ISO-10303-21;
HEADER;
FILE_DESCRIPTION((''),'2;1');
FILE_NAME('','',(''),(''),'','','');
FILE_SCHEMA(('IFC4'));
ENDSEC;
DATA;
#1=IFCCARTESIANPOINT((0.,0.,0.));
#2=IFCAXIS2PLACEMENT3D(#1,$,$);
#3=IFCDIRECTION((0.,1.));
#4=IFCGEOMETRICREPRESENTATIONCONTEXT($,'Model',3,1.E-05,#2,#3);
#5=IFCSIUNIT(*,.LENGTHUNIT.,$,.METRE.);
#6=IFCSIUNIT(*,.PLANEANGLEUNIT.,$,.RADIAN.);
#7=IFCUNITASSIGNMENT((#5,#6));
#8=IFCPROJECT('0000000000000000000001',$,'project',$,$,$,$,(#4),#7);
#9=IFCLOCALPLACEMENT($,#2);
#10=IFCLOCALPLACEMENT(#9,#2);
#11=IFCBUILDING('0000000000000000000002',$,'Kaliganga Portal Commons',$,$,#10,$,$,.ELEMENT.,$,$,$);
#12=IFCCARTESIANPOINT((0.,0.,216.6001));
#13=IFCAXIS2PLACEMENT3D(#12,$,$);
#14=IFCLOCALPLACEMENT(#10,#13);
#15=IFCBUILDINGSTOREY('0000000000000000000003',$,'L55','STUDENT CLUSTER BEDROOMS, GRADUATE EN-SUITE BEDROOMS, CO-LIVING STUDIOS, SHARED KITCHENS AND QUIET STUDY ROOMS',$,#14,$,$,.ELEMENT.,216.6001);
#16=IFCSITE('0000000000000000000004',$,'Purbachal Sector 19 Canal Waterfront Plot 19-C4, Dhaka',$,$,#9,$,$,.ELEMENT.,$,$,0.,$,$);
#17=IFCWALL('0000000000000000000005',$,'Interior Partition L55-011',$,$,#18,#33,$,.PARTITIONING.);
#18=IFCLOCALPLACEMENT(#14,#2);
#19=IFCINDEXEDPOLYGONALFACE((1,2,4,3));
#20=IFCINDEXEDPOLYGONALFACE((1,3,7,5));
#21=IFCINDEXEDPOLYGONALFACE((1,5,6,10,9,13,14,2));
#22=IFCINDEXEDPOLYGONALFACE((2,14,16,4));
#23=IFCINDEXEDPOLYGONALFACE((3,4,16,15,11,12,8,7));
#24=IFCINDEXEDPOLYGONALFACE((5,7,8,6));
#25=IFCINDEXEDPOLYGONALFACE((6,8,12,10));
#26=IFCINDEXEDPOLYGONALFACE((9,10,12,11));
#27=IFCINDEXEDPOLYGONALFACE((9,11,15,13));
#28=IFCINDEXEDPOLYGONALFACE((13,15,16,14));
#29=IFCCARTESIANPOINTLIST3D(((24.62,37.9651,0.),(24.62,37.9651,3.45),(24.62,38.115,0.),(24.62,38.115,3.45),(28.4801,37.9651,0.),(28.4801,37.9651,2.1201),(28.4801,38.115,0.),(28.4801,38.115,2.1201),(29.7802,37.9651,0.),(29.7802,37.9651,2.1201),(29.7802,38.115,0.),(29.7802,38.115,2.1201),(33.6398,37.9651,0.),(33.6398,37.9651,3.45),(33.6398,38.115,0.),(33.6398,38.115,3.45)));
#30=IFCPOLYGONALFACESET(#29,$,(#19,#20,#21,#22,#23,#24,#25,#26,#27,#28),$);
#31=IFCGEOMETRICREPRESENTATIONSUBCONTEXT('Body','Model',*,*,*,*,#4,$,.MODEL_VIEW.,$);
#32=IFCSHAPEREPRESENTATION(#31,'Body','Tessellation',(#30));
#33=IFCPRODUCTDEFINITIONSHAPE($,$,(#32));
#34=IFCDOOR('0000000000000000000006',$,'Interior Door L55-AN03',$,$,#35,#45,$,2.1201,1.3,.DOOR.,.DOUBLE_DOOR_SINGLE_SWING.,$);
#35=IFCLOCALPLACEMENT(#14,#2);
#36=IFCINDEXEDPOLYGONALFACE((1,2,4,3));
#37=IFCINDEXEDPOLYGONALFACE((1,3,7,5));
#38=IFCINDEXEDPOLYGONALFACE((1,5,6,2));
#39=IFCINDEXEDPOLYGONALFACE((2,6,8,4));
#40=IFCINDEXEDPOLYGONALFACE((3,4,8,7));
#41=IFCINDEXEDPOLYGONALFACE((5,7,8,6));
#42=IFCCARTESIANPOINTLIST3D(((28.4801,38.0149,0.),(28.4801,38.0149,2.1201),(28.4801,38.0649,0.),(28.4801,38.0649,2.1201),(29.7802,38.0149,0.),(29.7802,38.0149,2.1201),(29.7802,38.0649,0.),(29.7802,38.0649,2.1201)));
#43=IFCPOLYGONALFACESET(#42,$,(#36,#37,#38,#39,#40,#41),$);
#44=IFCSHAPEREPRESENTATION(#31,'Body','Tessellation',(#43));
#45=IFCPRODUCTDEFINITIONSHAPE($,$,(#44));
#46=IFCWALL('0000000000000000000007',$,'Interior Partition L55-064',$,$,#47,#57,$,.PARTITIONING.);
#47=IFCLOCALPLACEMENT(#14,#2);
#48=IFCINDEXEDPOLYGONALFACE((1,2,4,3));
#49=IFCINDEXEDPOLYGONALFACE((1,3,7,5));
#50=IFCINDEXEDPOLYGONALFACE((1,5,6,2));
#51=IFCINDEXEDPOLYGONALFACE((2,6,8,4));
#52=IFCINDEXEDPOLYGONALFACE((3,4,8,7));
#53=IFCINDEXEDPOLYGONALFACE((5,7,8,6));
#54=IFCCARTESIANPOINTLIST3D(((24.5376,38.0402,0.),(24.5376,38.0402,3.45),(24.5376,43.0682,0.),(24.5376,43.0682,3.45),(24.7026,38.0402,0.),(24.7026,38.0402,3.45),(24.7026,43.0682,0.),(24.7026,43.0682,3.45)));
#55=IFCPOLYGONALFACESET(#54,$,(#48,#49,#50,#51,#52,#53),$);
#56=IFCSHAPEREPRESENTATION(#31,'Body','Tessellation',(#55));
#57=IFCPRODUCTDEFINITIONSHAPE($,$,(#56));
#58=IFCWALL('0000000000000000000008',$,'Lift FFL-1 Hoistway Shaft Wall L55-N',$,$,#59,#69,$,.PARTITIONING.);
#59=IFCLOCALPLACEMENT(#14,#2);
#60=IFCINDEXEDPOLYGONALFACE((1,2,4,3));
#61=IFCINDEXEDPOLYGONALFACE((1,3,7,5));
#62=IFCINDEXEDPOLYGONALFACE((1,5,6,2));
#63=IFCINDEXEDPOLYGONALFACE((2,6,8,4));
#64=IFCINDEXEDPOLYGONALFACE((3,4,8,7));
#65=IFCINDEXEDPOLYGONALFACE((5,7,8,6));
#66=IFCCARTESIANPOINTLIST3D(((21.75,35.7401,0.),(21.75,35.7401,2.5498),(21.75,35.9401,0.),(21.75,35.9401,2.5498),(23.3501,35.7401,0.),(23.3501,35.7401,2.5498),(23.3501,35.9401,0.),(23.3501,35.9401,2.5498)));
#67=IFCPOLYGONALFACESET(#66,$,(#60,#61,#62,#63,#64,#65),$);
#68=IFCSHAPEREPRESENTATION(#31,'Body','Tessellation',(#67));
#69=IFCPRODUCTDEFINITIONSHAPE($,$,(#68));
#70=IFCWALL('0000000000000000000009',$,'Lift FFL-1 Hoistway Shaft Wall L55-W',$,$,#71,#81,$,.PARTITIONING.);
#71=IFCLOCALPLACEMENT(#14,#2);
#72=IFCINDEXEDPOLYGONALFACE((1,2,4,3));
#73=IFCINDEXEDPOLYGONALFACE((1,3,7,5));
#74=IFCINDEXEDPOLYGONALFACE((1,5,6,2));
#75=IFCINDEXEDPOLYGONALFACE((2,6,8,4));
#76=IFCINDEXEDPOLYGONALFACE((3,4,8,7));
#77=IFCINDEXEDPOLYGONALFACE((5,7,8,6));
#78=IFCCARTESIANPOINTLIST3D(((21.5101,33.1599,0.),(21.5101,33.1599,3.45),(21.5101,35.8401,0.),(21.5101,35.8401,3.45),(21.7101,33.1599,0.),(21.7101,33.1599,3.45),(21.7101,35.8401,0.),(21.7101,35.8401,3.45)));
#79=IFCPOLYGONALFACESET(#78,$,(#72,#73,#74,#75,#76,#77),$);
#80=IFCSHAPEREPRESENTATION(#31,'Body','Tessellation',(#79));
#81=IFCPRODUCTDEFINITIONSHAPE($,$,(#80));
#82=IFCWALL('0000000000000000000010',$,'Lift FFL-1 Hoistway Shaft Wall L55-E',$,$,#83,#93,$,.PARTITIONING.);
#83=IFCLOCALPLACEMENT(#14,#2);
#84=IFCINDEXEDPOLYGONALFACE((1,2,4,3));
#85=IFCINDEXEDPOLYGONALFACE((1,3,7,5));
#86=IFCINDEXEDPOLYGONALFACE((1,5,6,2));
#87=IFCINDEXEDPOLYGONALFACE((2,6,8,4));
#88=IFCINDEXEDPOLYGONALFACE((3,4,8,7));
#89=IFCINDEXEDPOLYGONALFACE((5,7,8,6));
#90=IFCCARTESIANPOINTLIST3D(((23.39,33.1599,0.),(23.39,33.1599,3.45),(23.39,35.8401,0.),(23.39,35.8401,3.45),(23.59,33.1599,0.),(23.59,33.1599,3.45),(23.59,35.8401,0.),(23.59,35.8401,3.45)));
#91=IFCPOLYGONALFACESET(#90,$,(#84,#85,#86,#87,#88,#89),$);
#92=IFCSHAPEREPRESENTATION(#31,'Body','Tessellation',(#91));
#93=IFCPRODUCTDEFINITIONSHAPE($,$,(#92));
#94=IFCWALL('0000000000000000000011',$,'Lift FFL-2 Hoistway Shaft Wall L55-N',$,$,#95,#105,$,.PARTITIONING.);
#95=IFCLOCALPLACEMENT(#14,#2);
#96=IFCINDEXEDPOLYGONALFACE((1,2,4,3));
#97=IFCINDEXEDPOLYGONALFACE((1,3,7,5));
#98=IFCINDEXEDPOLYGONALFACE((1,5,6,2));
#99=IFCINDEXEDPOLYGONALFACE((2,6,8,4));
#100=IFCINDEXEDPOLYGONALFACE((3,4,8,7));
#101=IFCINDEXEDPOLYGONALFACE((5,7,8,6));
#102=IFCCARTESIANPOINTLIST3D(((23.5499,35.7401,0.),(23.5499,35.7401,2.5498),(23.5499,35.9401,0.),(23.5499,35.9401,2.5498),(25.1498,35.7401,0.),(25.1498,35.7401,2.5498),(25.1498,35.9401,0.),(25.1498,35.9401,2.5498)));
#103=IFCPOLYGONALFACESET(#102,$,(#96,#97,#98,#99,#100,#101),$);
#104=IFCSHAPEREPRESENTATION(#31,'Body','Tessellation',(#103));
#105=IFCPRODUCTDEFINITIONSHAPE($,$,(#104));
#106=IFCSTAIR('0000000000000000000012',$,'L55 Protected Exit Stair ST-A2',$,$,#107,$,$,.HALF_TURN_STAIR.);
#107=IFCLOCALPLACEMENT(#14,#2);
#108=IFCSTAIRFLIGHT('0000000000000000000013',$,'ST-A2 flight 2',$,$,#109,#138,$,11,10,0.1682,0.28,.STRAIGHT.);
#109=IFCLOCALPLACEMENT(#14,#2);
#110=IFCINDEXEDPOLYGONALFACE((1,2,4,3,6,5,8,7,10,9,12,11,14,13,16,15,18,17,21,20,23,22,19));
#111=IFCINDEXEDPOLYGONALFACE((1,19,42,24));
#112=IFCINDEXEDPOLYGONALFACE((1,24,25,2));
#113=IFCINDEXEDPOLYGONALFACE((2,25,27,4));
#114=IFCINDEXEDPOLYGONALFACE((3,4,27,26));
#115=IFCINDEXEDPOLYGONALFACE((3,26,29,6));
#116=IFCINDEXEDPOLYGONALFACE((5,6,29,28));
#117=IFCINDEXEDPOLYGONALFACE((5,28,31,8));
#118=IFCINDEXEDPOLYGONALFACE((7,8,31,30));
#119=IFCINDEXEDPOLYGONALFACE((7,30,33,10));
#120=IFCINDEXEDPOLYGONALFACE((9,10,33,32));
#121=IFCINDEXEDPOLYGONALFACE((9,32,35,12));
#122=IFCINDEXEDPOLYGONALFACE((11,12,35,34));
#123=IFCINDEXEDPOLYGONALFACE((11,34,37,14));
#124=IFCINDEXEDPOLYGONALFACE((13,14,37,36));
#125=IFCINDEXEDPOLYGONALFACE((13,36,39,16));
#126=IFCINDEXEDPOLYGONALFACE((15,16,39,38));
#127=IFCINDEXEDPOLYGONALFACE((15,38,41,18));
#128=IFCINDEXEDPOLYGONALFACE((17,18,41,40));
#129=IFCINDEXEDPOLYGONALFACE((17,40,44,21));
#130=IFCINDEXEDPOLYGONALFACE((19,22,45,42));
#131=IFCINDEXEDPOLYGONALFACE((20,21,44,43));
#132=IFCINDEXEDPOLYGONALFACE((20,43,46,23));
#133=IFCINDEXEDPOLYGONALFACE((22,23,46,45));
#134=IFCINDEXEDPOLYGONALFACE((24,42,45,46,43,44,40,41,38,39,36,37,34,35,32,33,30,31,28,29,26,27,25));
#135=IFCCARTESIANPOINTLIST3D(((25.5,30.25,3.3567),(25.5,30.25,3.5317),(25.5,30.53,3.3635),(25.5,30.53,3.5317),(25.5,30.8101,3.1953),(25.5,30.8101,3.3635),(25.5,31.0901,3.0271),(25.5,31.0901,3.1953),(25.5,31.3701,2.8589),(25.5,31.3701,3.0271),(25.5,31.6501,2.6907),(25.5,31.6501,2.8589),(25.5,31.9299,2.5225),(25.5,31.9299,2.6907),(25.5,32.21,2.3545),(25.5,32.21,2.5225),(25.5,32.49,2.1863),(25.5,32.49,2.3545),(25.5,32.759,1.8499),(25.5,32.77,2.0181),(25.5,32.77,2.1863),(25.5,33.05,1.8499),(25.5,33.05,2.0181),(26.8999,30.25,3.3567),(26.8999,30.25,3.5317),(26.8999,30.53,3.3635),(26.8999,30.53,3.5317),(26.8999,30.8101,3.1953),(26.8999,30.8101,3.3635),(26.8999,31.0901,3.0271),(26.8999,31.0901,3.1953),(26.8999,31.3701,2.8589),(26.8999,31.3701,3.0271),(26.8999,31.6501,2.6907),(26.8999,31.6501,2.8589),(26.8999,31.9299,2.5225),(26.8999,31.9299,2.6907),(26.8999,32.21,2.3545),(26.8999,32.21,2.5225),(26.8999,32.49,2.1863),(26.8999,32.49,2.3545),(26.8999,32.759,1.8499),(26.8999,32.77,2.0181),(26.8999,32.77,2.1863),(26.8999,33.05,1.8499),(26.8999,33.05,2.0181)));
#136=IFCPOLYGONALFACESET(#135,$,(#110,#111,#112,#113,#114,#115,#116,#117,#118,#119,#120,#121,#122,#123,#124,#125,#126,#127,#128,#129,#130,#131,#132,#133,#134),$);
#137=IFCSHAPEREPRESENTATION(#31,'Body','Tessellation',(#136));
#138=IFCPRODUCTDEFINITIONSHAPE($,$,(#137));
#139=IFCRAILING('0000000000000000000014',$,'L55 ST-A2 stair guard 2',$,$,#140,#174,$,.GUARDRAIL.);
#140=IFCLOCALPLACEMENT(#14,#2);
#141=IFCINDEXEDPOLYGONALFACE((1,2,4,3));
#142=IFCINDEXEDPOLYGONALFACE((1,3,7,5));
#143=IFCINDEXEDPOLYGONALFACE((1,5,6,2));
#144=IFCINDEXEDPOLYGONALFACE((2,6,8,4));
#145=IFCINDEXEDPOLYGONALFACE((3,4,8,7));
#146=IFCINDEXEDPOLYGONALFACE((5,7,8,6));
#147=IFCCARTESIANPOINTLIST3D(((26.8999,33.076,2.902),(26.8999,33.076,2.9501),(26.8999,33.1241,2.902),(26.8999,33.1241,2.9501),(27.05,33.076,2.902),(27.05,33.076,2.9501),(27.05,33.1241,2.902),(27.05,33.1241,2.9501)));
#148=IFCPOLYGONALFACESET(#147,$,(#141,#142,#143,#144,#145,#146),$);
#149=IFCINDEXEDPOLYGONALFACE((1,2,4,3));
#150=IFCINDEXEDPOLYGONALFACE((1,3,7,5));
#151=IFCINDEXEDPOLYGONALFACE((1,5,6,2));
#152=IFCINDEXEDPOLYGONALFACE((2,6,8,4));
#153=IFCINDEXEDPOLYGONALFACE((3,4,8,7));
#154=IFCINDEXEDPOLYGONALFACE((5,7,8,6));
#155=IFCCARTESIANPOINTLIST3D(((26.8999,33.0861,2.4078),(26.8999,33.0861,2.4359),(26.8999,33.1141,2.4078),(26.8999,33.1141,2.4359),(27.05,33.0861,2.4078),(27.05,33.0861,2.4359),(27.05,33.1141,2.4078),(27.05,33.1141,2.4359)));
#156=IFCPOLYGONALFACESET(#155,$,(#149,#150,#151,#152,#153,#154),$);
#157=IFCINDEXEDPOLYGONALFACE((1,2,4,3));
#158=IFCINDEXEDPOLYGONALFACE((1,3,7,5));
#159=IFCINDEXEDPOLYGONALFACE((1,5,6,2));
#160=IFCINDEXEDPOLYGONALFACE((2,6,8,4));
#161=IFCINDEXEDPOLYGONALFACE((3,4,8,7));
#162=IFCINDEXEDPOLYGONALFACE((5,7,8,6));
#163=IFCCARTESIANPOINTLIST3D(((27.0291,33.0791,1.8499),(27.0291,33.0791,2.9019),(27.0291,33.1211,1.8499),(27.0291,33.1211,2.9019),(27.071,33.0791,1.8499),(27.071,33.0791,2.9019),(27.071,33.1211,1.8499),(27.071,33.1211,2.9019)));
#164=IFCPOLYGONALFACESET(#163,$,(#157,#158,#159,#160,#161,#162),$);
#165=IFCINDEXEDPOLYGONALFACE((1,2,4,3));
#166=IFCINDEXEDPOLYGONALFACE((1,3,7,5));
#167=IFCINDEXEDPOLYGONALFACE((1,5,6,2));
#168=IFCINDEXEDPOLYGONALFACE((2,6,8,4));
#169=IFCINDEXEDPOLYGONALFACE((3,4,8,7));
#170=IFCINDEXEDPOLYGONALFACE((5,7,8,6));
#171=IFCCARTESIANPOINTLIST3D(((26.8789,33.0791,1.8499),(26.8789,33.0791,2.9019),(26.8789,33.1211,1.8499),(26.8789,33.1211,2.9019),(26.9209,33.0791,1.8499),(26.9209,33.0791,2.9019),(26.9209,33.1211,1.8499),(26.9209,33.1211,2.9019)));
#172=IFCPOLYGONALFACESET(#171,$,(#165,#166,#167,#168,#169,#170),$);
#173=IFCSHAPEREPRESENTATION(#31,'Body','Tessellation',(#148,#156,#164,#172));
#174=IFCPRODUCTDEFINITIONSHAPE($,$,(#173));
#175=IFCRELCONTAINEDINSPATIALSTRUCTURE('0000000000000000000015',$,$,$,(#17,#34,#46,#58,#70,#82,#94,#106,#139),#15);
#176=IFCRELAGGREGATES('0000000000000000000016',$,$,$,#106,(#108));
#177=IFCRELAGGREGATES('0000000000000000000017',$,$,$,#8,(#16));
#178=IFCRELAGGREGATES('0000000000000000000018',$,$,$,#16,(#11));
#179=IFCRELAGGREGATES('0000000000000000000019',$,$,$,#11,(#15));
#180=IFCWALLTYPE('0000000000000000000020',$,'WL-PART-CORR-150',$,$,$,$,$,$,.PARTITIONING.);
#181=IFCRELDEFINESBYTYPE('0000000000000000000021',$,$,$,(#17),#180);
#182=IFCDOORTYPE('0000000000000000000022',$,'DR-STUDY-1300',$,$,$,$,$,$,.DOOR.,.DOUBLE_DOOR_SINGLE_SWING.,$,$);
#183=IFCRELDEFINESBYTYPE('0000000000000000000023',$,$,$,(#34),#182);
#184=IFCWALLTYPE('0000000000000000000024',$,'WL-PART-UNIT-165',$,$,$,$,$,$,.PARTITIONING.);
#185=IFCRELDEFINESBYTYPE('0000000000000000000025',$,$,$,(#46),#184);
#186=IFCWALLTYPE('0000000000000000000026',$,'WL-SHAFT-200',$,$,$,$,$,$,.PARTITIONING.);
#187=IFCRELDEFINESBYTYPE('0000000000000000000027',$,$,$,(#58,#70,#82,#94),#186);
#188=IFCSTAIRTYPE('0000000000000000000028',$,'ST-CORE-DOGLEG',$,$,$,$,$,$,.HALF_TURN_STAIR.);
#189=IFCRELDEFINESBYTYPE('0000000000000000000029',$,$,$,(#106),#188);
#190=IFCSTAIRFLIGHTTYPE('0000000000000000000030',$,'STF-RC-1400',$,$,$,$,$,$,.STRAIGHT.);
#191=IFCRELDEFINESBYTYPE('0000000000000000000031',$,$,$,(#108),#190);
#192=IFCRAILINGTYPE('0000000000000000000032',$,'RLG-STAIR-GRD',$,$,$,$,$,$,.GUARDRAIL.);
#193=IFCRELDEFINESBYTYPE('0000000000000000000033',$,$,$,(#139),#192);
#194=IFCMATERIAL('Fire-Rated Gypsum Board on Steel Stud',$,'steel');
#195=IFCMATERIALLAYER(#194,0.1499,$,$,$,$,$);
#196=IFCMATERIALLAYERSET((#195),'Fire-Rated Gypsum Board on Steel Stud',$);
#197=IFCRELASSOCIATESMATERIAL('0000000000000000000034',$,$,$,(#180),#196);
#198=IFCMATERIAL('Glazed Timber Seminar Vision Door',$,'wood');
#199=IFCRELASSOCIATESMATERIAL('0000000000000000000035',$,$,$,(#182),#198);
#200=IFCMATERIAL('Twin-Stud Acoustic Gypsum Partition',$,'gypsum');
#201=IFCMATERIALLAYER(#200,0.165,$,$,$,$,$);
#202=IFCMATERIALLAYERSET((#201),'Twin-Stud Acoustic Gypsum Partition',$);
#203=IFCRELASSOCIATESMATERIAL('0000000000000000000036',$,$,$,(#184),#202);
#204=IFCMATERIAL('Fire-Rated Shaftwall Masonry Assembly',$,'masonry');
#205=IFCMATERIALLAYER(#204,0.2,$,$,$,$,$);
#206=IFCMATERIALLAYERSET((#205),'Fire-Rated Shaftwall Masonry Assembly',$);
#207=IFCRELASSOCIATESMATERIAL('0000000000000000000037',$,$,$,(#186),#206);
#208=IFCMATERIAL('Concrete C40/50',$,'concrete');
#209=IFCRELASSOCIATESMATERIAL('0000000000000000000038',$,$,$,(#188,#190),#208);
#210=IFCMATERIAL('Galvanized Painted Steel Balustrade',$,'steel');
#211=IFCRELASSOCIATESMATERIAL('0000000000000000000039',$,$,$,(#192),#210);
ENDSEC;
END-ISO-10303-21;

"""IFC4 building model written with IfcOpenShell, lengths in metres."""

from ifc_helpers import new_model, si_unit, direction, frame, frame_2d, origin, origin_2d, place, context, subcontext, project, spatial, polyline, rectangle, outline, extrude, material, layer, layer_set, type_object, element, fill, aggregate, save


model = new_model("IFC4")

# Units and contexts
model_context = context("Model", 3, precision=1e-05, world=origin(), true_north=direction((0.0, 1.0)))
body_context = subcontext(model_context, "Body", "Model", "MODEL_VIEW")
ifc_project = project(units=[si_unit("LENGTHUNIT", "METRE"), si_unit("PLANEANGLEUNIT", "RADIAN")], contexts=[model_context])

# Site, building, storey
site_placement = place(None, origin())
site = spatial("IfcSite", under=ifc_project, at=site_placement, Name="Purbachal Sector 19 Canal Waterfront Plot 19-C4, Dhaka", CompositionType="ELEMENT", RefElevation=0.0)
building_placement = place(site_placement, origin())
building = spatial("IfcBuilding", under=site, at=building_placement, Name="Kaliganga Portal Commons", CompositionType="ELEMENT")
storey_placement = place(building_placement, frame((0.0, 0.0, 216.6001)))
storey = spatial("IfcBuildingStorey", under=building, at=storey_placement, Name="L55", Description="STUDENT CLUSTER BEDROOMS, GRADUATE EN-SUITE BEDROOMS, CO-LIVING STUDIOS, SHARED KITCHENS AND QUIET STUDY ROOMS", CompositionType="ELEMENT", Elevation=216.6001)

# Wall, opening, door
ifc_material_1 = material(Name="Fire-Rated Gypsum Board on Steel Stud", Category="steel")
ifc_layer_1 = layer(ifc_material_1, 0.1499)
ifc_layer_set_1 = layer_set([ifc_layer_1], Name="Fire-Rated Gypsum Board on Steel Stud")
wall_type_1 = type_object("IfcWallType", Name="WL-PART-CORR-150", PredefinedType="PARTITIONING", material=ifc_layer_set_1)
wall_1_placement = place(storey_placement, frame((24.6201, 38.04, 0.0), z_axis=(0.0, 0.0, 1.0), x_axis=(1.0, 0.0, 0.0)))
wall_1 = element("IfcWall", 1, at=wall_1_placement, inside=storey, type_object=wall_type_1, Name="Interior Partition L55-011", PredefinedType="PARTITIONING", context=body_context, shape_type="SweptSolid", body=[
    extrude(rectangle(XDim=9.0198, YDim=0.1499, at=frame_2d((4.5098, 0.0))), origin(), (0.0, 0.0, 1.0), 3.45),
])
opening_1_placement = place(wall_1_placement, frame((3.8601, 0.0, 0.0)))
opening_1 = element("IfcOpeningElement", 2, at=opening_1_placement, cuts=wall_1, PredefinedType="OPENING", context=body_context, shape_type="SweptSolid", body=[
    extrude(rectangle(XDim=1.3, YDim=2.1201, at=frame_2d((0.6499, 1.0601))), frame((0.0, 0.085, 0.0), z_axis=(0.0, -1.0, 0.0), x_axis=(1.0, 0.0, 0.0)), (0.0, 0.0, 1.0), 0.1699),
])
ifc_material_2 = material(Name="Glazed Timber Seminar Vision Door", Category="wood")
door_type_1 = type_object("IfcDoorType", Name="DR-STUDY-1300", OperationType="DOUBLE_DOOR_SINGLE_SWING", PredefinedType="DOOR", material=ifc_material_2)
door_1_placement = place(opening_1_placement, origin())
door_1 = element("IfcDoor", 3, at=door_1_placement, inside=storey, type_object=door_type_1, Name="Interior Door L55-AN03", OperationType="DOUBLE_DOOR_SINGLE_SWING", OverallHeight=2.1201, OverallWidth=1.3, PredefinedType="DOOR", context=body_context, shape_type="SweptSolid", body=[
    extrude(rectangle(XDim=1.3, YDim=2.1201, at=frame_2d((0.6499, 1.0601))), frame((0.0, 0.0249, 0.0), z_axis=(0.0, -1.0, 0.0), x_axis=(1.0, 0.0, 0.0)), (0.0, 0.0, 1.0), 0.05),
])
fill(opening_1, door_1)

# Wall
ifc_material_3 = material(Name="Twin-Stud Acoustic Gypsum Partition", Category="gypsum")
ifc_layer_2 = layer(ifc_material_3, 0.165)
ifc_layer_set_2 = layer_set([ifc_layer_2], Name="Twin-Stud Acoustic Gypsum Partition")
wall_type_2 = type_object("IfcWallType", Name="WL-PART-UNIT-165", PredefinedType="PARTITIONING", material=ifc_layer_set_2)
wall_2_placement = place(storey_placement, frame((24.6201, 38.04, 0.0), z_axis=(0.0, 0.0, 1.0), x_axis=(0.0, 1.0, 0.0)))
element("IfcWall", 4, at=wall_2_placement, inside=storey, type_object=wall_type_2, Name="Interior Partition L55-064", PredefinedType="PARTITIONING", context=body_context, shape_type="SweptSolid", body=[
    extrude(rectangle(XDim=5.0281, YDim=0.165, at=frame_2d((2.5142, 0.0))), origin(), (0.0, 0.0, 1.0), 3.45),
])

# Shared definitions
ifc_material_4 = material(Name="Fire-Rated Shaftwall Masonry Assembly", Category="masonry")
ifc_layer_3 = layer(ifc_material_4, 0.2)
ifc_layer_set_3 = layer_set([ifc_layer_3], Name="Fire-Rated Shaftwall Masonry Assembly")
wall_type_3 = type_object("IfcWallType", Name="WL-SHAFT-200", PredefinedType="PARTITIONING", material=ifc_layer_set_3)

# Walls
wall_3_placement = place(storey_placement, frame((21.75, 35.8401, 0.0), z_axis=(0.0, 0.0, 1.0), x_axis=(1.0, 0.0, 0.0)))
element("IfcWall", 5, at=wall_3_placement, inside=storey, type_object=wall_type_3, Name="Lift FFL-1 Hoistway Shaft Wall L55-N", PredefinedType="PARTITIONING", context=body_context, shape_type="SweptSolid", body=[
    extrude(rectangle(XDim=1.6001, YDim=0.2, at=frame_2d((0.8, 0.0))), origin(), (0.0, 0.0, 1.0), 2.5498),
])
for number, where, z_axis, x_axis, name in (
    (6, (21.6101, 33.1599, 0.0), (0.0, 0.0, 1.0), (0.0, 1.0, 0.0), "Lift FFL-1 Hoistway Shaft Wall L55-W"),
    (7, (23.49, 33.1599, 0.0), (0.0, 0.0, 1.0), (0.0, 1.0, 0.0), "Lift FFL-1 Hoistway Shaft Wall L55-E"),
):
    element("IfcWall", number, at=place(storey_placement, frame(where, z_axis=z_axis, x_axis=x_axis)), inside=storey, type_object=wall_type_3, Name=name, PredefinedType="PARTITIONING", context=body_context, shape_type="SweptSolid", body=[
        extrude(rectangle(XDim=2.6802, YDim=0.2, at=frame_2d((1.3401, 0.0))), origin(), (0.0, 0.0, 1.0), 3.45),
    ])

# Wall
wall_4_placement = place(storey_placement, frame((23.55, 35.8401, 0.0), z_axis=(0.0, 0.0, 1.0), x_axis=(1.0, 0.0, 0.0)))
element("IfcWall", 8, at=wall_4_placement, inside=storey, type_object=wall_type_3, Name="Lift FFL-2 Hoistway Shaft Wall L55-N", PredefinedType="PARTITIONING", context=body_context, shape_type="SweptSolid", body=[
    extrude(rectangle(XDim=1.5999, YDim=0.2, at=frame_2d((0.7998, 0.0))), origin(), (0.0, 0.0, 1.0), 2.5498),
])

# Stair, stair flight
ifc_material_5 = material(Name="Concrete C40/50", Category="concrete")
stair_type = type_object("IfcStairType", Name="ST-CORE-DOGLEG", PredefinedType="HALF_TURN_STAIR", material=ifc_material_5)
stair_placement = place(storey_placement, origin())
stair = element("IfcStair", 9, at=stair_placement, inside=storey, type_object=stair_type, Name="L55 Protected Exit Stair ST-A2", PredefinedType="HALF_TURN_STAIR")
stair_flight_type = type_object("IfcStairFlightType", Name="STF-RC-1400", PredefinedType="STRAIGHT", material=ifc_material_5)
stair_flight_placement = place(storey_placement, frame((26.2, 33.05, 1.8499), z_axis=(0.0, 0.0, 1.0), x_axis=(0.0, -1.0, 0.0)))
stair_flight = element("IfcStairFlight", 10, at=stair_flight_placement, type_object=stair_flight_type, Name="ST-A2 flight 2", NumberOfRisers=11, NumberOfTreads=10, PredefinedType="STRAIGHT", RiserHeight=0.1682, TreadLength=0.28, context=body_context, shape_type="SweptSolid", body=[
    extrude(outline(polyline([(0.0, 0.0), (0.0, 0.1682), (0.28, 0.1682), (0.28, 0.3364), (0.5601, 0.3364), (0.5601, 0.5046), (0.8401, 0.5046), (0.8401, 0.6726), (1.1201, 0.6726), (1.1201, 0.8408), (1.3999, 0.8408), (1.3999, 1.009), (1.6799, 1.009), (1.6799, 1.1772), (1.96, 1.1772), (1.96, 1.3455), (2.24, 1.3455), (2.24, 1.5137), (2.52, 1.5137), (2.52, 1.6819), (2.8, 1.6819), (2.8, 1.8501), (2.8, 1.5068), (0.291, 0.0), (0.0, 0.0)])), frame((0.0, 0.7, 0.0), z_axis=(0.0, -1.0, 0.0), x_axis=(1.0, 0.0, 0.0)), (0.0, 0.0, 1.0), 1.3999),
])
aggregate(stair, [stair_flight])

# Railing
ifc_material_6 = material(Name="Galvanized Painted Steel Balustrade", Category="steel")
railing_type_1 = type_object("IfcRailingType", Name="RLG-STAIR-GRD", PredefinedType="GUARDRAIL", material=ifc_material_6)
railing_1_placement = place(storey_placement, frame((27.05, 33.1001, 1.8499)))
element("IfcRailing", 11, at=railing_1_placement, inside=storey, type_object=railing_type_1, Name="L55 ST-A2 stair guard 2", PredefinedType="GUARDRAIL", context=body_context, shape_type="SweptSolid", body=[
    extrude(rectangle(XDim=0.0481, YDim=0.0481, at=origin_2d()), frame((0.0, 0.0, 1.0762), z_axis=(-1.0, 0.0, 0.0), x_axis=(0.0, -1.0, 0.0)), (0.0, 0.0, 1.0), 0.1501),
    extrude(rectangle(XDim=0.0281, YDim=0.0281, at=origin_2d()), frame((0.0, 0.0, 0.572), z_axis=(-1.0, 0.0, 0.0), x_axis=(0.0, -1.0, 0.0)), (0.0, 0.0, 1.0), 0.1501),
    extrude(rectangle(XDim=0.042, YDim=0.042, at=origin_2d()), origin(), (0.0, 0.0, 1.0), 1.052),
    extrude(rectangle(XDim=0.042, YDim=0.042, at=origin_2d()), frame((-0.1501, 0.0, 0.0)), (0.0, 0.0, 1.0), 1.052),
])

save(model, "model.ifc")
